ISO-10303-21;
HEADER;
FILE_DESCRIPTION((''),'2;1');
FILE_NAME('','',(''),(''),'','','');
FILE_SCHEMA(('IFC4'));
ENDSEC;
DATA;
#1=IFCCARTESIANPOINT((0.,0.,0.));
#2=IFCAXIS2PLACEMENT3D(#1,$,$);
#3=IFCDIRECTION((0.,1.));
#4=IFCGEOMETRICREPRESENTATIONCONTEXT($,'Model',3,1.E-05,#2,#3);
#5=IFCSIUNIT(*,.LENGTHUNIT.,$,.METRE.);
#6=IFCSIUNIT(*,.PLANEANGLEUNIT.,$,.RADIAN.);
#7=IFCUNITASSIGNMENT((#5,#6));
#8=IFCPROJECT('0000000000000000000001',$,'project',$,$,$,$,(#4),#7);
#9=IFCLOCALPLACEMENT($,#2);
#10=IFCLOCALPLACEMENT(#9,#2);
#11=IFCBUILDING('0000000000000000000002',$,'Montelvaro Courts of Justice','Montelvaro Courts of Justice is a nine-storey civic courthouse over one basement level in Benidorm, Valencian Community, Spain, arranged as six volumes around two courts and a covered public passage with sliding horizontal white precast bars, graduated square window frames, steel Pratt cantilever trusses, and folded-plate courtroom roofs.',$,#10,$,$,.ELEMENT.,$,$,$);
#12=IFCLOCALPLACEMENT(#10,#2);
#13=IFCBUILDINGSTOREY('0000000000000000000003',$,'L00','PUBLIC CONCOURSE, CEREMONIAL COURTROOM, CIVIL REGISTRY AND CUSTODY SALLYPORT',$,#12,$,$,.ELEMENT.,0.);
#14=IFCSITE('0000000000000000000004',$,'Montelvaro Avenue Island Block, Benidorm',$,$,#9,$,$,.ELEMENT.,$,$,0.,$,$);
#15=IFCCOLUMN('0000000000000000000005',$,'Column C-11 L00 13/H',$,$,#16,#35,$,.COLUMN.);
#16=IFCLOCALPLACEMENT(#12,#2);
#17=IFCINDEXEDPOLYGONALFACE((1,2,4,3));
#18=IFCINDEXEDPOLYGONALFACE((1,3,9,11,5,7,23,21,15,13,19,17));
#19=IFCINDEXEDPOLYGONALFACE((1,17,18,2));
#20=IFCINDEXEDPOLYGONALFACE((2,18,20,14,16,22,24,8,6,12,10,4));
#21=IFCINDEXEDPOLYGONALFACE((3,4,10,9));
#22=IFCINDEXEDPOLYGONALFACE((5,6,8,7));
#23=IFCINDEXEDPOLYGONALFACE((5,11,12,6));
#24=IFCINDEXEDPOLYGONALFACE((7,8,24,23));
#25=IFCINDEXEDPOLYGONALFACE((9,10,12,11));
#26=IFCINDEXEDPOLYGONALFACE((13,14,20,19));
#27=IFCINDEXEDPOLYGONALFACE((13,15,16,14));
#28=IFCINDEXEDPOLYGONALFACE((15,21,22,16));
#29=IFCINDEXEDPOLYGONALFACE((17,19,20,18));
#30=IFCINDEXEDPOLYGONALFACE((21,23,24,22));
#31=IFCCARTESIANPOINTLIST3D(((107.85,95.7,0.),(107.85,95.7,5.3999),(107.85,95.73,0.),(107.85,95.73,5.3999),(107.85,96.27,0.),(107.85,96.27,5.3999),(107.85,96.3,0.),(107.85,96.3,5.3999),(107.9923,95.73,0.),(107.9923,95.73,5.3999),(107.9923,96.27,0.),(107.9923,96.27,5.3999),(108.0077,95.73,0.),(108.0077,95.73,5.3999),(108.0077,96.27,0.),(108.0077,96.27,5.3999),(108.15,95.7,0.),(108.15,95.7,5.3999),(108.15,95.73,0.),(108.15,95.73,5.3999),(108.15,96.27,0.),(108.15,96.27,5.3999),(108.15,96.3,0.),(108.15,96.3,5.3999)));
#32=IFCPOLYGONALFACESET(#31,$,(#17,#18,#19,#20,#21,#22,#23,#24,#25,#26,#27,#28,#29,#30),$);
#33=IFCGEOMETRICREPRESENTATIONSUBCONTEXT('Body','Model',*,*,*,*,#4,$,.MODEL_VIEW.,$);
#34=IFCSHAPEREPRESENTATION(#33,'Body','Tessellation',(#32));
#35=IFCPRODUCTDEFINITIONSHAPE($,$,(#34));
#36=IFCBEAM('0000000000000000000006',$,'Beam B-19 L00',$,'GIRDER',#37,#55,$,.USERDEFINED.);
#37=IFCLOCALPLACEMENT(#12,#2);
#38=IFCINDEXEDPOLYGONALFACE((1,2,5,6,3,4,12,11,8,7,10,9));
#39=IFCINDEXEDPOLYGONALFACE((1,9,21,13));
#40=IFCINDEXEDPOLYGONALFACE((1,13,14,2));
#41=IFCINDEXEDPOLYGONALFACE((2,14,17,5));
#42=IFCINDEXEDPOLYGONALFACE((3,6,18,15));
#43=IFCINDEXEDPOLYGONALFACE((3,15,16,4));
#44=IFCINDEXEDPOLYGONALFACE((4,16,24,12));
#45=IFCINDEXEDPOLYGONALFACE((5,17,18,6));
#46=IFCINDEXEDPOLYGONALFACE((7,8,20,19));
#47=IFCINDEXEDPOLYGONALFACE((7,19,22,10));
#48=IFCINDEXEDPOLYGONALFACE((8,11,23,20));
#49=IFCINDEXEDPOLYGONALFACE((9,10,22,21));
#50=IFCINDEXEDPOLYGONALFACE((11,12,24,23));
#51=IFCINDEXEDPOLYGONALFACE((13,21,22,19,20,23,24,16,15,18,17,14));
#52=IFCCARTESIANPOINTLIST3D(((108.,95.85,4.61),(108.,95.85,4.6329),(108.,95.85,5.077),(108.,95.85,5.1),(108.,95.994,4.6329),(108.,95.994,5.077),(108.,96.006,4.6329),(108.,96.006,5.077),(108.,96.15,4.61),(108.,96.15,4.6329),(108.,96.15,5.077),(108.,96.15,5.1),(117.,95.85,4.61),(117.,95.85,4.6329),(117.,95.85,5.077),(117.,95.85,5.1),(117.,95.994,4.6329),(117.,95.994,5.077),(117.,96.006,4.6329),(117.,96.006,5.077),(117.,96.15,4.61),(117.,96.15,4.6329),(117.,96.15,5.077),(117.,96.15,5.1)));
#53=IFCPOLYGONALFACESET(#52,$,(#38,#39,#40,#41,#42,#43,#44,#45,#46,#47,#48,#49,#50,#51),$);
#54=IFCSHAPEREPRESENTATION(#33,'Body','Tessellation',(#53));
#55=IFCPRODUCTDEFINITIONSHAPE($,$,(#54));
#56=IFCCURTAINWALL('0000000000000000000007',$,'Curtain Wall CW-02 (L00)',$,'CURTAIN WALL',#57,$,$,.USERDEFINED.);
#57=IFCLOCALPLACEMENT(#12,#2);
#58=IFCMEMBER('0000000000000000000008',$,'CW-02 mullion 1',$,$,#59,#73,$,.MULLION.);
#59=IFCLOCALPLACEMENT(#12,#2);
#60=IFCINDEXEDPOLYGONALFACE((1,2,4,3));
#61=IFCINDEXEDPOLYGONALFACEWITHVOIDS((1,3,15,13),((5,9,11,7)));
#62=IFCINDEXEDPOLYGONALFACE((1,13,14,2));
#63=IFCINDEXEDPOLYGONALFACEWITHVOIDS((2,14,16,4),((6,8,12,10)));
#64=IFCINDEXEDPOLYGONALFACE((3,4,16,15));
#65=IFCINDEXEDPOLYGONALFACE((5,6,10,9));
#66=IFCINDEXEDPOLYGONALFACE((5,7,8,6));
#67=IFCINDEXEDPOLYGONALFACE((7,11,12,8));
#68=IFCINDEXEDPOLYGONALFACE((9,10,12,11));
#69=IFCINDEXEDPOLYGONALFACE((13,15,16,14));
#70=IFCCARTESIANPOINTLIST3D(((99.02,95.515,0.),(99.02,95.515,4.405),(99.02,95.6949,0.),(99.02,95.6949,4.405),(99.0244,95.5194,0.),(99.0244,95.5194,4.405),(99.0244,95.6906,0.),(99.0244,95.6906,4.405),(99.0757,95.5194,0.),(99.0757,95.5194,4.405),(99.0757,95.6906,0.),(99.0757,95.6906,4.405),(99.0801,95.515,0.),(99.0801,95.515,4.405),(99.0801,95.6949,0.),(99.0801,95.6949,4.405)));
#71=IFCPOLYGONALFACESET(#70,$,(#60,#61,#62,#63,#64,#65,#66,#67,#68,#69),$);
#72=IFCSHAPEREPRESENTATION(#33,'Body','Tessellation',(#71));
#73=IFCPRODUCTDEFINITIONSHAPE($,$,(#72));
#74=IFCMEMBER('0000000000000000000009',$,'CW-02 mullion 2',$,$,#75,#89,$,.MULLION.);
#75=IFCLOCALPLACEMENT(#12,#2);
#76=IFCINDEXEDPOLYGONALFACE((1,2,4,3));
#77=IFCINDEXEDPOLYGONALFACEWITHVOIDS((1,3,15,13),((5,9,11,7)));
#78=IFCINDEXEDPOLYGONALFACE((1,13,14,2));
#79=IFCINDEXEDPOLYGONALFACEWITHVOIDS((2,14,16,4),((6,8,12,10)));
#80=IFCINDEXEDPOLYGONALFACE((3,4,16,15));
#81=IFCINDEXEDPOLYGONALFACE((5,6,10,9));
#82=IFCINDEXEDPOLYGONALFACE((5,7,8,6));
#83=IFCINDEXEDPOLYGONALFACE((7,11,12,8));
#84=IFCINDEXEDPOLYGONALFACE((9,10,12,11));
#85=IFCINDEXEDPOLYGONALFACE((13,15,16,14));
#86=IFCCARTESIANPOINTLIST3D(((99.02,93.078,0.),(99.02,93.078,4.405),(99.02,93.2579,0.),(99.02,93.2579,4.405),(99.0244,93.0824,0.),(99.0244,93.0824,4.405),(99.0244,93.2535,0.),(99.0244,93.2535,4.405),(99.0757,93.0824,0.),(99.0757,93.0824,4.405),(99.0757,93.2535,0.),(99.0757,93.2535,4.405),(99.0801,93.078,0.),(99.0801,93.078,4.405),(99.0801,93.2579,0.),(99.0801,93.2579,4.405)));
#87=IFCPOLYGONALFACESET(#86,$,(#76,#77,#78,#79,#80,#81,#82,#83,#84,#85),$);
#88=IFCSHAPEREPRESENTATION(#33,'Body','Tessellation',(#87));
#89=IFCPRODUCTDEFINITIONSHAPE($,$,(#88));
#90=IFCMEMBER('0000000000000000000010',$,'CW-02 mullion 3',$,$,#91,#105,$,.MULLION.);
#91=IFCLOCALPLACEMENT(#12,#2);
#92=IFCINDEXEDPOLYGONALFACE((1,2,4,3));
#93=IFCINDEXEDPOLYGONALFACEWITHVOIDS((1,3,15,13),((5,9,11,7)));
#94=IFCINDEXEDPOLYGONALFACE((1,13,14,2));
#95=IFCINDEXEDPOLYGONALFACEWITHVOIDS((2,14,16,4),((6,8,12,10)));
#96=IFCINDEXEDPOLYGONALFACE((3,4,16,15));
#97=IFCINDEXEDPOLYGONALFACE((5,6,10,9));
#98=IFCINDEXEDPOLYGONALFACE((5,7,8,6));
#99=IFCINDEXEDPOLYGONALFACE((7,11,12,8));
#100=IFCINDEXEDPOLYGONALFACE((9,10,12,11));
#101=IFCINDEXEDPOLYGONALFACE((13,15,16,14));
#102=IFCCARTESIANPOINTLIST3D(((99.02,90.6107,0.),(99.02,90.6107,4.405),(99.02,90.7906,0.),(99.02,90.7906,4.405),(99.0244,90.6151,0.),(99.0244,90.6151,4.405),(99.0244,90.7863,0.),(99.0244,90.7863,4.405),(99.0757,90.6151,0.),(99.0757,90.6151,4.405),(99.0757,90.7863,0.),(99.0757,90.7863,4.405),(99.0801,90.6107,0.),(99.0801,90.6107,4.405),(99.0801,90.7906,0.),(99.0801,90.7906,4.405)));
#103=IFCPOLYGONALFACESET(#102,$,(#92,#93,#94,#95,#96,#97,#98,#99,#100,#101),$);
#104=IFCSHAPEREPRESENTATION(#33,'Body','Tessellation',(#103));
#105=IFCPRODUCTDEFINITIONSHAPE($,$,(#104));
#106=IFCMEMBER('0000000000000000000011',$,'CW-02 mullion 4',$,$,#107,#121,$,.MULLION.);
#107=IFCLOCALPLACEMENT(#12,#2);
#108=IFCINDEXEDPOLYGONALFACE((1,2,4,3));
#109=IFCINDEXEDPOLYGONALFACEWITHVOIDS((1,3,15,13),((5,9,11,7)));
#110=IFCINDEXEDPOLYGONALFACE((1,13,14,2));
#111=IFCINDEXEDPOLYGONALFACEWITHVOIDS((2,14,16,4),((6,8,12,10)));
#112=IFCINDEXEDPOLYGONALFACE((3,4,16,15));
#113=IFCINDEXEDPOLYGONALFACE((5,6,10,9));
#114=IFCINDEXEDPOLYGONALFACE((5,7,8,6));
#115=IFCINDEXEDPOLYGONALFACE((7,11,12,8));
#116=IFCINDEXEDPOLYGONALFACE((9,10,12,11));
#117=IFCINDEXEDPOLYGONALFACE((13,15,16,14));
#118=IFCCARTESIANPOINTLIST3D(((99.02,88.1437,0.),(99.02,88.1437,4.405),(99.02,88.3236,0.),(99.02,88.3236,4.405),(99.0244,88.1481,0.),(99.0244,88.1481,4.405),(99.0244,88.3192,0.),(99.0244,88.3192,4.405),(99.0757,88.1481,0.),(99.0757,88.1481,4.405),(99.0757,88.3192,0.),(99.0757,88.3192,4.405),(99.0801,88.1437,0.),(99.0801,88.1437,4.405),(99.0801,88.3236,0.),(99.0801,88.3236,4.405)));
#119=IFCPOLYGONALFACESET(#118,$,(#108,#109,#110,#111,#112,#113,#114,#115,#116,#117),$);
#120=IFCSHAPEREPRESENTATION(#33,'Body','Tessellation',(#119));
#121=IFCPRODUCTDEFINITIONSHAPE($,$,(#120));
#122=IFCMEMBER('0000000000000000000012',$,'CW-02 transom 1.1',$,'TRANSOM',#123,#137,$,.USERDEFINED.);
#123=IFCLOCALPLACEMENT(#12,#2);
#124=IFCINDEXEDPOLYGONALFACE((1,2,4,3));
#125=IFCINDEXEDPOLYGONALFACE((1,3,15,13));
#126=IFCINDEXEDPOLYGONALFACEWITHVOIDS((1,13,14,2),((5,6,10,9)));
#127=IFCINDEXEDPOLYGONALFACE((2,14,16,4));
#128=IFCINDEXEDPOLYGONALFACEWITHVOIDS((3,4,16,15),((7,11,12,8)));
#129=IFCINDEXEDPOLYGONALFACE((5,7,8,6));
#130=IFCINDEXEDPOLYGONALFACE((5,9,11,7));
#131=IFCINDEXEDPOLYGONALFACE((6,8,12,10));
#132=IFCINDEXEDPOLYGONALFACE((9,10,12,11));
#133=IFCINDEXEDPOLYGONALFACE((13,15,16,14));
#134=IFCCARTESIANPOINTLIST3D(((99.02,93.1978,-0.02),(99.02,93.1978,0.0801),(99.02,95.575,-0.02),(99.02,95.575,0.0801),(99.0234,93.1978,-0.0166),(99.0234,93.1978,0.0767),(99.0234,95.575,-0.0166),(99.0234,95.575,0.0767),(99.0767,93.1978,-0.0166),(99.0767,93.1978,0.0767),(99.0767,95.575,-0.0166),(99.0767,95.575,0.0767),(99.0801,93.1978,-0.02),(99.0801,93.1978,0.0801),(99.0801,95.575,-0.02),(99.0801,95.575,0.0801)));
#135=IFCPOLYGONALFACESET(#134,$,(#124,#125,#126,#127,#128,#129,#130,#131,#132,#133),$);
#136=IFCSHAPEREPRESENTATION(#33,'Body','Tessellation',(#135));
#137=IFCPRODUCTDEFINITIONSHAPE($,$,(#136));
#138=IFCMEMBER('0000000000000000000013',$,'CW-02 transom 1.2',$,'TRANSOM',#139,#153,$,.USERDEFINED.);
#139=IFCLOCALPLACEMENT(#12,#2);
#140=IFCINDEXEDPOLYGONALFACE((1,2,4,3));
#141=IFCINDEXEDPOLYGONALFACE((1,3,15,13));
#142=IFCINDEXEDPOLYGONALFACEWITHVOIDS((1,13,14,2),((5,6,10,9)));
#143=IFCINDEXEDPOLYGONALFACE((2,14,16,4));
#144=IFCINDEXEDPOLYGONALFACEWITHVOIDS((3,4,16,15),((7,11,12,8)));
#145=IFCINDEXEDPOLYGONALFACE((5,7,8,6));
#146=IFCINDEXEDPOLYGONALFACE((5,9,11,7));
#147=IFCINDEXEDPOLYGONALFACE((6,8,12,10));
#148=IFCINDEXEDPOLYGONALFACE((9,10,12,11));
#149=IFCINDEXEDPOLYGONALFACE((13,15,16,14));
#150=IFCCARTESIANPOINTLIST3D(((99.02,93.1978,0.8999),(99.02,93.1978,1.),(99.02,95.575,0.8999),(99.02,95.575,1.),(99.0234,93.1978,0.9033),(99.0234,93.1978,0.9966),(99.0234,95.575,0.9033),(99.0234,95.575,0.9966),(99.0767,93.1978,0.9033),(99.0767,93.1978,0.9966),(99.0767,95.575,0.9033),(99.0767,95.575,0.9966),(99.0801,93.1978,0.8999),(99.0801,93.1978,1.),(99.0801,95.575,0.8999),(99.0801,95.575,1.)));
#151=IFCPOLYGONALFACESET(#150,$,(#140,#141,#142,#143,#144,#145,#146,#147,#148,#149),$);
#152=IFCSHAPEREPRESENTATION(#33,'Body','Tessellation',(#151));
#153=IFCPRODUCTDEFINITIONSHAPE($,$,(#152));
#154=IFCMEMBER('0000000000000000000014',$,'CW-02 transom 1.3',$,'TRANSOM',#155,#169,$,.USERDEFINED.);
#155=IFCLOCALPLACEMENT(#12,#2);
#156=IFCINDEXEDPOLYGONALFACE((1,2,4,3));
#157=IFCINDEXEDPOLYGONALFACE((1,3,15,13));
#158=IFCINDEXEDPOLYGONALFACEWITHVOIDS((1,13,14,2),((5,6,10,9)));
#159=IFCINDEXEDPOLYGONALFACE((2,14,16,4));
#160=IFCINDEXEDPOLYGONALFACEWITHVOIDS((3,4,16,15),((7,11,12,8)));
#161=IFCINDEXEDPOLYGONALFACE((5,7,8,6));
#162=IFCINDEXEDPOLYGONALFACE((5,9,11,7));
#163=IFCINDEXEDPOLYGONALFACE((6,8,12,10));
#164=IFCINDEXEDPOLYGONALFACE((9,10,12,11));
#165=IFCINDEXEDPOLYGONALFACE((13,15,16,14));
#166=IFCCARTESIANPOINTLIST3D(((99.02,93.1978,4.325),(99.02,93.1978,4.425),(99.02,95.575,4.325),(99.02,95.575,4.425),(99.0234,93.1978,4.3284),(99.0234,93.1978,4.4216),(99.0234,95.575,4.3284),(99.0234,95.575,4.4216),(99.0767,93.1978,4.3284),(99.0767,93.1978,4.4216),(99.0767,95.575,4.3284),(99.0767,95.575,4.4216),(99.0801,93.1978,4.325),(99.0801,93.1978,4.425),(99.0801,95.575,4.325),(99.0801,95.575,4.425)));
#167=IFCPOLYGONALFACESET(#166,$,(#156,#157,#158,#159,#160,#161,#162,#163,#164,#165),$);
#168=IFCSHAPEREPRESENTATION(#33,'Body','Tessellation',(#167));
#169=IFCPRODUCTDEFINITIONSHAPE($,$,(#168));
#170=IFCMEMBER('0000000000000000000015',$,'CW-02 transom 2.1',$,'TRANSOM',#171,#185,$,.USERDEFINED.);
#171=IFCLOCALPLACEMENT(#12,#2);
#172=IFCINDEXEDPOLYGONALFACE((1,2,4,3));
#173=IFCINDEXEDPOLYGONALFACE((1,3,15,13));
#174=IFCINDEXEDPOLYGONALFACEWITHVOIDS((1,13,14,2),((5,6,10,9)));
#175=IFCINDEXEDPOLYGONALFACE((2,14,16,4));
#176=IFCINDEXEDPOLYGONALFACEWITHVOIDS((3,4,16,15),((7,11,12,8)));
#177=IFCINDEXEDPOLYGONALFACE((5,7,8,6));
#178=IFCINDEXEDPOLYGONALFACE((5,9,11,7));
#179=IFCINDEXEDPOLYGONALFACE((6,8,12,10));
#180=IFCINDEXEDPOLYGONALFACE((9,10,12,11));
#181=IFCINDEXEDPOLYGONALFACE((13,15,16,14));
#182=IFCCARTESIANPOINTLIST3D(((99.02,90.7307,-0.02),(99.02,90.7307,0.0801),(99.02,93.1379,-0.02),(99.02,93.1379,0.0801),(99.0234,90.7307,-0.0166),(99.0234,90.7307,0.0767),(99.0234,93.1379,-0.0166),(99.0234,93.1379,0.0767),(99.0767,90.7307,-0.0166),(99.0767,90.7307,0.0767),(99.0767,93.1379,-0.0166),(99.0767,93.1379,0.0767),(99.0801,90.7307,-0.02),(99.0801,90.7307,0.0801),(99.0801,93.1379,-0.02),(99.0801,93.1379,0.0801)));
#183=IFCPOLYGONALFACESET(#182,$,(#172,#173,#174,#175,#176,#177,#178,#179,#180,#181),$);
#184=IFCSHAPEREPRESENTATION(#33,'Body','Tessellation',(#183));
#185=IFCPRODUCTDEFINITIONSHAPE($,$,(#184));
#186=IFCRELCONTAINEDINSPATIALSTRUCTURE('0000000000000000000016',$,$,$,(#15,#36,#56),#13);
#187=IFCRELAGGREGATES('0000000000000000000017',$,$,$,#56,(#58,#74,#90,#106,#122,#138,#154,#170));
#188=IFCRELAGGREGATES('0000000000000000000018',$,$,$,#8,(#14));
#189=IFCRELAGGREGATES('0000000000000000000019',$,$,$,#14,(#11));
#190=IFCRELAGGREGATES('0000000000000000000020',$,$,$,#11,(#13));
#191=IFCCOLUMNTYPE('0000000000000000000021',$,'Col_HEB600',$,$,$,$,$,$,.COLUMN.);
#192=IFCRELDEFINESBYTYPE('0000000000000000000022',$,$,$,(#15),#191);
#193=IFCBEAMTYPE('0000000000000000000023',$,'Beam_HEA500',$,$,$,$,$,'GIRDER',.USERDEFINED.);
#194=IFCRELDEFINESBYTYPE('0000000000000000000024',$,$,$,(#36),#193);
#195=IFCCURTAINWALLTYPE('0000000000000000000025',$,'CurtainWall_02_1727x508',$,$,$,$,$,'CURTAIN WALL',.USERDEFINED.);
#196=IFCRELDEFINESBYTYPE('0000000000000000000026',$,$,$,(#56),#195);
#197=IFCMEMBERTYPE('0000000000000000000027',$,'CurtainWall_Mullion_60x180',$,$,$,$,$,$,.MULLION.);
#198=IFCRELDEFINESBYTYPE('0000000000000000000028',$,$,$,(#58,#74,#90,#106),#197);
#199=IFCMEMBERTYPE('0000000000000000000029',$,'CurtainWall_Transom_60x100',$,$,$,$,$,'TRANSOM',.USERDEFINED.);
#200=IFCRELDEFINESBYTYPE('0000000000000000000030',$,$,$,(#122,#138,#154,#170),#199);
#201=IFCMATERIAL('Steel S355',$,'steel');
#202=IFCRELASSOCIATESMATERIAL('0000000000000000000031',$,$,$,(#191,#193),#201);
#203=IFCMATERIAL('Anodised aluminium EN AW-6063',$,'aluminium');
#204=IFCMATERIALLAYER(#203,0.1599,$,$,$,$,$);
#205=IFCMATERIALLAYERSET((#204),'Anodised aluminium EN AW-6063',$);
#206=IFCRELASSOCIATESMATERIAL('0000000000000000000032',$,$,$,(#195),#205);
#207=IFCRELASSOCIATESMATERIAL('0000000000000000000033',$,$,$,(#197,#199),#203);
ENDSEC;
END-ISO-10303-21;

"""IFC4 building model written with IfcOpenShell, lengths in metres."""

from ifc_helpers import new_model, si_unit, direction, frame, origin, origin_2d, place, context, subcontext, project, spatial, hollow_rectangle, i_section, extrude, material, layer, layer_set, material_profile, profile_set, type_object, element, aggregate, save


model = new_model("IFC4")

# Units and contexts
model_context = context("Model", 3, precision=1e-05, world=origin(), true_north=direction((0.0, 1.0)))
body_context = subcontext(model_context, "Body", "Model", "MODEL_VIEW")
ifc_project = project(units=[si_unit("LENGTHUNIT", "METRE"), si_unit("PLANEANGLEUNIT", "RADIAN")], contexts=[model_context])

# Site, building, storey
site_placement = place(None, origin())
site = spatial("IfcSite", under=ifc_project, at=site_placement, Name="Montelvaro Avenue Island Block, Benidorm", CompositionType="ELEMENT", RefElevation=0.0)
building_placement = place(site_placement, origin())
building = spatial("IfcBuilding", under=site, at=building_placement, Name="Montelvaro Courts of Justice", Description="Montelvaro Courts of Justice is a nine-storey civic courthouse over one basement level in Benidorm, Valencian Community, Spain, arranged as six volumes around two courts and a covered public passage with sliding horizontal white precast bars, graduated square window frames, steel Pratt cantilever trusses, and folded-plate courtroom roofs.", CompositionType="ELEMENT")
storey_placement = place(building_placement, origin())
storey = spatial("IfcBuildingStorey", under=building, at=storey_placement, Name="L00", Description="PUBLIC CONCOURSE, CEREMONIAL COURTROOM, CIVIL REGISTRY AND CUSTODY SALLYPORT", CompositionType="ELEMENT", Elevation=0.0)

# Column
ifc_material_1 = material(Name="Steel S355", Category="steel")
ifc_material_profile_1 = material_profile(ifc_material_1, i_section(OverallWidth=0.3, OverallDepth=0.6001, WebThickness=0.0154, FlangeThickness=0.03, at=origin_2d()), Name="HEB 600")
ifc_profile_set_1 = profile_set([ifc_material_profile_1], Name="Steel S355")
column_type = type_object("IfcColumnType", Name="Col_HEB600", PredefinedType="COLUMN", material=ifc_profile_set_1)
column_placement = place(storey_placement, frame((108.0, 96.0, 0.0), z_axis=(0.0, 0.0, 1.0), x_axis=(1.0, 0.0, 0.0)))
element("IfcColumn", 1, at=column_placement, inside=storey, type_object=column_type, Name="Column C-11 L00 13/H", PredefinedType="COLUMN", context=body_context, shape_type="SweptSolid", body=[
    extrude(i_section(OverallWidth=0.3, OverallDepth=0.6001, WebThickness=0.0154, FlangeThickness=0.03, at=origin_2d()), origin(), (0.0, 0.0, 1.0), 5.3999),
])

# Beam
ifc_material_profile_2 = material_profile(ifc_material_1, i_section(OverallWidth=0.3, OverallDepth=0.49, WebThickness=0.012, FlangeThickness=0.0229, at=origin_2d()), Name="HEA 500")
ifc_profile_set_2 = profile_set([ifc_material_profile_2], Name="Steel S355")
beam_type = type_object("IfcBeamType", Name="Beam_HEA500", ElementType="GIRDER", PredefinedType="USERDEFINED", material=ifc_profile_set_2)
beam_placement = place(storey_placement, frame((108.0, 96.0, 4.855), z_axis=(1.0, 0.0, 0.0), x_axis=(0.0, 1.0, 0.0)))
element("IfcBeam", 2, at=beam_placement, inside=storey, type_object=beam_type, Name="Beam B-19 L00", ObjectType="GIRDER", PredefinedType="USERDEFINED", context=body_context, shape_type="SweptSolid", body=[
    extrude(i_section(OverallWidth=0.3, OverallDepth=0.49, WebThickness=0.012, FlangeThickness=0.0229, at=origin_2d()), origin(), (0.0, 0.0, 1.0), 9.0),
])

# Curtain wall, members
ifc_material_2 = material(Name="Anodised aluminium EN AW-6063", Category="aluminium")
ifc_layer_1 = layer(ifc_material_2, 0.1599)
ifc_layer_set_1 = layer_set([ifc_layer_1], Name="Anodised aluminium EN AW-6063")
curtain_wall_type = type_object("IfcCurtainWallType", Name="CurtainWall_02_1727x508", ElementType="CURTAIN WALL", PredefinedType="USERDEFINED", material=ifc_layer_set_1)
curtain_wall_placement = place(storey_placement, origin())
curtain_wall = element("IfcCurtainWall", 3, at=curtain_wall_placement, inside=storey, type_object=curtain_wall_type, Name="Curtain Wall CW-02 (L00)", ObjectType="CURTAIN WALL", PredefinedType="USERDEFINED")
ifc_material_profile_3 = material_profile(ifc_material_2, hollow_rectangle(XDim=0.0601, YDim=0.1799, WallThickness=0.0044, at=origin_2d()), Name="ALU-M 60x180")
ifc_profile_set_3 = profile_set([ifc_material_profile_3], Name="Anodised aluminium EN AW-6063")
member_type_1 = type_object("IfcMemberType", Name="CurtainWall_Mullion_60x180", PredefinedType="MULLION", material=ifc_profile_set_3)
member_1_placement = place(storey_placement, frame((99.05, 95.605, 0.0), z_axis=(0.0, 0.0, 1.0), x_axis=(1.0, 0.0, 0.0)))
member_1 = element("IfcMember", 4, at=member_1_placement, type_object=member_type_1, Name="CW-02 mullion 1", PredefinedType="MULLION", context=body_context, shape_type="SweptSolid", body=[
    extrude(hollow_rectangle(XDim=0.0601, YDim=0.1799, WallThickness=0.0044, at=origin_2d()), origin(), (0.0, 0.0, 1.0), 4.405),
])
member_2_placement = place(storey_placement, frame((99.05, 93.168, 0.0), z_axis=(0.0, 0.0, 1.0), x_axis=(1.0, 0.0, 0.0)))
member_2 = element("IfcMember", 5, at=member_2_placement, type_object=member_type_1, Name="CW-02 mullion 2", PredefinedType="MULLION", context=body_context, shape_type="SweptSolid", body=[
    extrude(hollow_rectangle(XDim=0.0601, YDim=0.1799, WallThickness=0.0044, at=origin_2d()), origin(), (0.0, 0.0, 1.0), 4.405),
])
member_3_placement = place(storey_placement, frame((99.05, 90.7007, 0.0), z_axis=(0.0, 0.0, 1.0), x_axis=(1.0, 0.0, 0.0)))
member_3 = element("IfcMember", 6, at=member_3_placement, type_object=member_type_1, Name="CW-02 mullion 3", PredefinedType="MULLION", context=body_context, shape_type="SweptSolid", body=[
    extrude(hollow_rectangle(XDim=0.0601, YDim=0.1799, WallThickness=0.0044, at=origin_2d()), origin(), (0.0, 0.0, 1.0), 4.405),
])
member_4_placement = place(storey_placement, frame((99.05, 88.2336, 0.0), z_axis=(0.0, 0.0, 1.0), x_axis=(1.0, 0.0, 0.0)))
member_4 = element("IfcMember", 7, at=member_4_placement, type_object=member_type_1, Name="CW-02 mullion 4", PredefinedType="MULLION", context=body_context, shape_type="SweptSolid", body=[
    extrude(hollow_rectangle(XDim=0.0601, YDim=0.1799, WallThickness=0.0044, at=origin_2d()), origin(), (0.0, 0.0, 1.0), 4.405),
])
ifc_material_profile_4 = material_profile(ifc_material_2, hollow_rectangle(XDim=0.0601, YDim=0.1001, WallThickness=0.0034, at=origin_2d()), Name="ALU-T 60x100")
ifc_profile_set_4 = profile_set([ifc_material_profile_4], Name="Anodised aluminium EN AW-6063")
member_type_2 = type_object("IfcMemberType", Name="CurtainWall_Transom_60x100", ElementType="TRANSOM", PredefinedType="USERDEFINED", material=ifc_profile_set_4)
member_5_placement = place(storey_placement, frame((99.05, 95.575, 0.03), z_axis=(0.0, -1.0, 0.0), x_axis=(1.0, 0.0, 0.0)))
member_5 = element("IfcMember", 8, at=member_5_placement, type_object=member_type_2, Name="CW-02 transom 1.1", ObjectType="TRANSOM", PredefinedType="USERDEFINED", context=body_context, shape_type="SweptSolid", body=[
    extrude(hollow_rectangle(XDim=0.0601, YDim=0.1001, WallThickness=0.0034, at=origin_2d()), origin(), (0.0, 0.0, 1.0), 2.3772),
])
member_6_placement = place(storey_placement, frame((99.05, 95.575, 0.95), z_axis=(0.0, -1.0, 0.0), x_axis=(1.0, 0.0, 0.0)))
member_6 = element("IfcMember", 9, at=member_6_placement, type_object=member_type_2, Name="CW-02 transom 1.2", ObjectType="TRANSOM", PredefinedType="USERDEFINED", context=body_context, shape_type="SweptSolid", body=[
    extrude(hollow_rectangle(XDim=0.0601, YDim=0.1001, WallThickness=0.0034, at=origin_2d()), origin(), (0.0, 0.0, 1.0), 2.3772),
])
member_7_placement = place(storey_placement, frame((99.05, 95.575, 4.375), z_axis=(0.0, -1.0, 0.0), x_axis=(1.0, 0.0, 0.0)))
member_7 = element("IfcMember", 10, at=member_7_placement, type_object=member_type_2, Name="CW-02 transom 1.3", ObjectType="TRANSOM", PredefinedType="USERDEFINED", context=body_context, shape_type="SweptSolid", body=[
    extrude(hollow_rectangle(XDim=0.0601, YDim=0.1001, WallThickness=0.0034, at=origin_2d()), origin(), (0.0, 0.0, 1.0), 2.3772),
])
member_8_placement = place(storey_placement, frame((99.05, 93.1379, 0.03), z_axis=(0.0, -1.0, 0.0), x_axis=(1.0, 0.0, 0.0)))
member_8 = element("IfcMember", 11, at=member_8_placement, type_object=member_type_2, Name="CW-02 transom 2.1", ObjectType="TRANSOM", PredefinedType="USERDEFINED", context=body_context, shape_type="SweptSolid", body=[
    extrude(hollow_rectangle(XDim=0.0601, YDim=0.1001, WallThickness=0.0034, at=origin_2d()), origin(), (0.0, 0.0, 1.0), 2.4072),
])
aggregate(curtain_wall, [member_1, member_2, member_3, member_4, member_5, member_6, member_7, member_8])

save(model, "model.ifc")
